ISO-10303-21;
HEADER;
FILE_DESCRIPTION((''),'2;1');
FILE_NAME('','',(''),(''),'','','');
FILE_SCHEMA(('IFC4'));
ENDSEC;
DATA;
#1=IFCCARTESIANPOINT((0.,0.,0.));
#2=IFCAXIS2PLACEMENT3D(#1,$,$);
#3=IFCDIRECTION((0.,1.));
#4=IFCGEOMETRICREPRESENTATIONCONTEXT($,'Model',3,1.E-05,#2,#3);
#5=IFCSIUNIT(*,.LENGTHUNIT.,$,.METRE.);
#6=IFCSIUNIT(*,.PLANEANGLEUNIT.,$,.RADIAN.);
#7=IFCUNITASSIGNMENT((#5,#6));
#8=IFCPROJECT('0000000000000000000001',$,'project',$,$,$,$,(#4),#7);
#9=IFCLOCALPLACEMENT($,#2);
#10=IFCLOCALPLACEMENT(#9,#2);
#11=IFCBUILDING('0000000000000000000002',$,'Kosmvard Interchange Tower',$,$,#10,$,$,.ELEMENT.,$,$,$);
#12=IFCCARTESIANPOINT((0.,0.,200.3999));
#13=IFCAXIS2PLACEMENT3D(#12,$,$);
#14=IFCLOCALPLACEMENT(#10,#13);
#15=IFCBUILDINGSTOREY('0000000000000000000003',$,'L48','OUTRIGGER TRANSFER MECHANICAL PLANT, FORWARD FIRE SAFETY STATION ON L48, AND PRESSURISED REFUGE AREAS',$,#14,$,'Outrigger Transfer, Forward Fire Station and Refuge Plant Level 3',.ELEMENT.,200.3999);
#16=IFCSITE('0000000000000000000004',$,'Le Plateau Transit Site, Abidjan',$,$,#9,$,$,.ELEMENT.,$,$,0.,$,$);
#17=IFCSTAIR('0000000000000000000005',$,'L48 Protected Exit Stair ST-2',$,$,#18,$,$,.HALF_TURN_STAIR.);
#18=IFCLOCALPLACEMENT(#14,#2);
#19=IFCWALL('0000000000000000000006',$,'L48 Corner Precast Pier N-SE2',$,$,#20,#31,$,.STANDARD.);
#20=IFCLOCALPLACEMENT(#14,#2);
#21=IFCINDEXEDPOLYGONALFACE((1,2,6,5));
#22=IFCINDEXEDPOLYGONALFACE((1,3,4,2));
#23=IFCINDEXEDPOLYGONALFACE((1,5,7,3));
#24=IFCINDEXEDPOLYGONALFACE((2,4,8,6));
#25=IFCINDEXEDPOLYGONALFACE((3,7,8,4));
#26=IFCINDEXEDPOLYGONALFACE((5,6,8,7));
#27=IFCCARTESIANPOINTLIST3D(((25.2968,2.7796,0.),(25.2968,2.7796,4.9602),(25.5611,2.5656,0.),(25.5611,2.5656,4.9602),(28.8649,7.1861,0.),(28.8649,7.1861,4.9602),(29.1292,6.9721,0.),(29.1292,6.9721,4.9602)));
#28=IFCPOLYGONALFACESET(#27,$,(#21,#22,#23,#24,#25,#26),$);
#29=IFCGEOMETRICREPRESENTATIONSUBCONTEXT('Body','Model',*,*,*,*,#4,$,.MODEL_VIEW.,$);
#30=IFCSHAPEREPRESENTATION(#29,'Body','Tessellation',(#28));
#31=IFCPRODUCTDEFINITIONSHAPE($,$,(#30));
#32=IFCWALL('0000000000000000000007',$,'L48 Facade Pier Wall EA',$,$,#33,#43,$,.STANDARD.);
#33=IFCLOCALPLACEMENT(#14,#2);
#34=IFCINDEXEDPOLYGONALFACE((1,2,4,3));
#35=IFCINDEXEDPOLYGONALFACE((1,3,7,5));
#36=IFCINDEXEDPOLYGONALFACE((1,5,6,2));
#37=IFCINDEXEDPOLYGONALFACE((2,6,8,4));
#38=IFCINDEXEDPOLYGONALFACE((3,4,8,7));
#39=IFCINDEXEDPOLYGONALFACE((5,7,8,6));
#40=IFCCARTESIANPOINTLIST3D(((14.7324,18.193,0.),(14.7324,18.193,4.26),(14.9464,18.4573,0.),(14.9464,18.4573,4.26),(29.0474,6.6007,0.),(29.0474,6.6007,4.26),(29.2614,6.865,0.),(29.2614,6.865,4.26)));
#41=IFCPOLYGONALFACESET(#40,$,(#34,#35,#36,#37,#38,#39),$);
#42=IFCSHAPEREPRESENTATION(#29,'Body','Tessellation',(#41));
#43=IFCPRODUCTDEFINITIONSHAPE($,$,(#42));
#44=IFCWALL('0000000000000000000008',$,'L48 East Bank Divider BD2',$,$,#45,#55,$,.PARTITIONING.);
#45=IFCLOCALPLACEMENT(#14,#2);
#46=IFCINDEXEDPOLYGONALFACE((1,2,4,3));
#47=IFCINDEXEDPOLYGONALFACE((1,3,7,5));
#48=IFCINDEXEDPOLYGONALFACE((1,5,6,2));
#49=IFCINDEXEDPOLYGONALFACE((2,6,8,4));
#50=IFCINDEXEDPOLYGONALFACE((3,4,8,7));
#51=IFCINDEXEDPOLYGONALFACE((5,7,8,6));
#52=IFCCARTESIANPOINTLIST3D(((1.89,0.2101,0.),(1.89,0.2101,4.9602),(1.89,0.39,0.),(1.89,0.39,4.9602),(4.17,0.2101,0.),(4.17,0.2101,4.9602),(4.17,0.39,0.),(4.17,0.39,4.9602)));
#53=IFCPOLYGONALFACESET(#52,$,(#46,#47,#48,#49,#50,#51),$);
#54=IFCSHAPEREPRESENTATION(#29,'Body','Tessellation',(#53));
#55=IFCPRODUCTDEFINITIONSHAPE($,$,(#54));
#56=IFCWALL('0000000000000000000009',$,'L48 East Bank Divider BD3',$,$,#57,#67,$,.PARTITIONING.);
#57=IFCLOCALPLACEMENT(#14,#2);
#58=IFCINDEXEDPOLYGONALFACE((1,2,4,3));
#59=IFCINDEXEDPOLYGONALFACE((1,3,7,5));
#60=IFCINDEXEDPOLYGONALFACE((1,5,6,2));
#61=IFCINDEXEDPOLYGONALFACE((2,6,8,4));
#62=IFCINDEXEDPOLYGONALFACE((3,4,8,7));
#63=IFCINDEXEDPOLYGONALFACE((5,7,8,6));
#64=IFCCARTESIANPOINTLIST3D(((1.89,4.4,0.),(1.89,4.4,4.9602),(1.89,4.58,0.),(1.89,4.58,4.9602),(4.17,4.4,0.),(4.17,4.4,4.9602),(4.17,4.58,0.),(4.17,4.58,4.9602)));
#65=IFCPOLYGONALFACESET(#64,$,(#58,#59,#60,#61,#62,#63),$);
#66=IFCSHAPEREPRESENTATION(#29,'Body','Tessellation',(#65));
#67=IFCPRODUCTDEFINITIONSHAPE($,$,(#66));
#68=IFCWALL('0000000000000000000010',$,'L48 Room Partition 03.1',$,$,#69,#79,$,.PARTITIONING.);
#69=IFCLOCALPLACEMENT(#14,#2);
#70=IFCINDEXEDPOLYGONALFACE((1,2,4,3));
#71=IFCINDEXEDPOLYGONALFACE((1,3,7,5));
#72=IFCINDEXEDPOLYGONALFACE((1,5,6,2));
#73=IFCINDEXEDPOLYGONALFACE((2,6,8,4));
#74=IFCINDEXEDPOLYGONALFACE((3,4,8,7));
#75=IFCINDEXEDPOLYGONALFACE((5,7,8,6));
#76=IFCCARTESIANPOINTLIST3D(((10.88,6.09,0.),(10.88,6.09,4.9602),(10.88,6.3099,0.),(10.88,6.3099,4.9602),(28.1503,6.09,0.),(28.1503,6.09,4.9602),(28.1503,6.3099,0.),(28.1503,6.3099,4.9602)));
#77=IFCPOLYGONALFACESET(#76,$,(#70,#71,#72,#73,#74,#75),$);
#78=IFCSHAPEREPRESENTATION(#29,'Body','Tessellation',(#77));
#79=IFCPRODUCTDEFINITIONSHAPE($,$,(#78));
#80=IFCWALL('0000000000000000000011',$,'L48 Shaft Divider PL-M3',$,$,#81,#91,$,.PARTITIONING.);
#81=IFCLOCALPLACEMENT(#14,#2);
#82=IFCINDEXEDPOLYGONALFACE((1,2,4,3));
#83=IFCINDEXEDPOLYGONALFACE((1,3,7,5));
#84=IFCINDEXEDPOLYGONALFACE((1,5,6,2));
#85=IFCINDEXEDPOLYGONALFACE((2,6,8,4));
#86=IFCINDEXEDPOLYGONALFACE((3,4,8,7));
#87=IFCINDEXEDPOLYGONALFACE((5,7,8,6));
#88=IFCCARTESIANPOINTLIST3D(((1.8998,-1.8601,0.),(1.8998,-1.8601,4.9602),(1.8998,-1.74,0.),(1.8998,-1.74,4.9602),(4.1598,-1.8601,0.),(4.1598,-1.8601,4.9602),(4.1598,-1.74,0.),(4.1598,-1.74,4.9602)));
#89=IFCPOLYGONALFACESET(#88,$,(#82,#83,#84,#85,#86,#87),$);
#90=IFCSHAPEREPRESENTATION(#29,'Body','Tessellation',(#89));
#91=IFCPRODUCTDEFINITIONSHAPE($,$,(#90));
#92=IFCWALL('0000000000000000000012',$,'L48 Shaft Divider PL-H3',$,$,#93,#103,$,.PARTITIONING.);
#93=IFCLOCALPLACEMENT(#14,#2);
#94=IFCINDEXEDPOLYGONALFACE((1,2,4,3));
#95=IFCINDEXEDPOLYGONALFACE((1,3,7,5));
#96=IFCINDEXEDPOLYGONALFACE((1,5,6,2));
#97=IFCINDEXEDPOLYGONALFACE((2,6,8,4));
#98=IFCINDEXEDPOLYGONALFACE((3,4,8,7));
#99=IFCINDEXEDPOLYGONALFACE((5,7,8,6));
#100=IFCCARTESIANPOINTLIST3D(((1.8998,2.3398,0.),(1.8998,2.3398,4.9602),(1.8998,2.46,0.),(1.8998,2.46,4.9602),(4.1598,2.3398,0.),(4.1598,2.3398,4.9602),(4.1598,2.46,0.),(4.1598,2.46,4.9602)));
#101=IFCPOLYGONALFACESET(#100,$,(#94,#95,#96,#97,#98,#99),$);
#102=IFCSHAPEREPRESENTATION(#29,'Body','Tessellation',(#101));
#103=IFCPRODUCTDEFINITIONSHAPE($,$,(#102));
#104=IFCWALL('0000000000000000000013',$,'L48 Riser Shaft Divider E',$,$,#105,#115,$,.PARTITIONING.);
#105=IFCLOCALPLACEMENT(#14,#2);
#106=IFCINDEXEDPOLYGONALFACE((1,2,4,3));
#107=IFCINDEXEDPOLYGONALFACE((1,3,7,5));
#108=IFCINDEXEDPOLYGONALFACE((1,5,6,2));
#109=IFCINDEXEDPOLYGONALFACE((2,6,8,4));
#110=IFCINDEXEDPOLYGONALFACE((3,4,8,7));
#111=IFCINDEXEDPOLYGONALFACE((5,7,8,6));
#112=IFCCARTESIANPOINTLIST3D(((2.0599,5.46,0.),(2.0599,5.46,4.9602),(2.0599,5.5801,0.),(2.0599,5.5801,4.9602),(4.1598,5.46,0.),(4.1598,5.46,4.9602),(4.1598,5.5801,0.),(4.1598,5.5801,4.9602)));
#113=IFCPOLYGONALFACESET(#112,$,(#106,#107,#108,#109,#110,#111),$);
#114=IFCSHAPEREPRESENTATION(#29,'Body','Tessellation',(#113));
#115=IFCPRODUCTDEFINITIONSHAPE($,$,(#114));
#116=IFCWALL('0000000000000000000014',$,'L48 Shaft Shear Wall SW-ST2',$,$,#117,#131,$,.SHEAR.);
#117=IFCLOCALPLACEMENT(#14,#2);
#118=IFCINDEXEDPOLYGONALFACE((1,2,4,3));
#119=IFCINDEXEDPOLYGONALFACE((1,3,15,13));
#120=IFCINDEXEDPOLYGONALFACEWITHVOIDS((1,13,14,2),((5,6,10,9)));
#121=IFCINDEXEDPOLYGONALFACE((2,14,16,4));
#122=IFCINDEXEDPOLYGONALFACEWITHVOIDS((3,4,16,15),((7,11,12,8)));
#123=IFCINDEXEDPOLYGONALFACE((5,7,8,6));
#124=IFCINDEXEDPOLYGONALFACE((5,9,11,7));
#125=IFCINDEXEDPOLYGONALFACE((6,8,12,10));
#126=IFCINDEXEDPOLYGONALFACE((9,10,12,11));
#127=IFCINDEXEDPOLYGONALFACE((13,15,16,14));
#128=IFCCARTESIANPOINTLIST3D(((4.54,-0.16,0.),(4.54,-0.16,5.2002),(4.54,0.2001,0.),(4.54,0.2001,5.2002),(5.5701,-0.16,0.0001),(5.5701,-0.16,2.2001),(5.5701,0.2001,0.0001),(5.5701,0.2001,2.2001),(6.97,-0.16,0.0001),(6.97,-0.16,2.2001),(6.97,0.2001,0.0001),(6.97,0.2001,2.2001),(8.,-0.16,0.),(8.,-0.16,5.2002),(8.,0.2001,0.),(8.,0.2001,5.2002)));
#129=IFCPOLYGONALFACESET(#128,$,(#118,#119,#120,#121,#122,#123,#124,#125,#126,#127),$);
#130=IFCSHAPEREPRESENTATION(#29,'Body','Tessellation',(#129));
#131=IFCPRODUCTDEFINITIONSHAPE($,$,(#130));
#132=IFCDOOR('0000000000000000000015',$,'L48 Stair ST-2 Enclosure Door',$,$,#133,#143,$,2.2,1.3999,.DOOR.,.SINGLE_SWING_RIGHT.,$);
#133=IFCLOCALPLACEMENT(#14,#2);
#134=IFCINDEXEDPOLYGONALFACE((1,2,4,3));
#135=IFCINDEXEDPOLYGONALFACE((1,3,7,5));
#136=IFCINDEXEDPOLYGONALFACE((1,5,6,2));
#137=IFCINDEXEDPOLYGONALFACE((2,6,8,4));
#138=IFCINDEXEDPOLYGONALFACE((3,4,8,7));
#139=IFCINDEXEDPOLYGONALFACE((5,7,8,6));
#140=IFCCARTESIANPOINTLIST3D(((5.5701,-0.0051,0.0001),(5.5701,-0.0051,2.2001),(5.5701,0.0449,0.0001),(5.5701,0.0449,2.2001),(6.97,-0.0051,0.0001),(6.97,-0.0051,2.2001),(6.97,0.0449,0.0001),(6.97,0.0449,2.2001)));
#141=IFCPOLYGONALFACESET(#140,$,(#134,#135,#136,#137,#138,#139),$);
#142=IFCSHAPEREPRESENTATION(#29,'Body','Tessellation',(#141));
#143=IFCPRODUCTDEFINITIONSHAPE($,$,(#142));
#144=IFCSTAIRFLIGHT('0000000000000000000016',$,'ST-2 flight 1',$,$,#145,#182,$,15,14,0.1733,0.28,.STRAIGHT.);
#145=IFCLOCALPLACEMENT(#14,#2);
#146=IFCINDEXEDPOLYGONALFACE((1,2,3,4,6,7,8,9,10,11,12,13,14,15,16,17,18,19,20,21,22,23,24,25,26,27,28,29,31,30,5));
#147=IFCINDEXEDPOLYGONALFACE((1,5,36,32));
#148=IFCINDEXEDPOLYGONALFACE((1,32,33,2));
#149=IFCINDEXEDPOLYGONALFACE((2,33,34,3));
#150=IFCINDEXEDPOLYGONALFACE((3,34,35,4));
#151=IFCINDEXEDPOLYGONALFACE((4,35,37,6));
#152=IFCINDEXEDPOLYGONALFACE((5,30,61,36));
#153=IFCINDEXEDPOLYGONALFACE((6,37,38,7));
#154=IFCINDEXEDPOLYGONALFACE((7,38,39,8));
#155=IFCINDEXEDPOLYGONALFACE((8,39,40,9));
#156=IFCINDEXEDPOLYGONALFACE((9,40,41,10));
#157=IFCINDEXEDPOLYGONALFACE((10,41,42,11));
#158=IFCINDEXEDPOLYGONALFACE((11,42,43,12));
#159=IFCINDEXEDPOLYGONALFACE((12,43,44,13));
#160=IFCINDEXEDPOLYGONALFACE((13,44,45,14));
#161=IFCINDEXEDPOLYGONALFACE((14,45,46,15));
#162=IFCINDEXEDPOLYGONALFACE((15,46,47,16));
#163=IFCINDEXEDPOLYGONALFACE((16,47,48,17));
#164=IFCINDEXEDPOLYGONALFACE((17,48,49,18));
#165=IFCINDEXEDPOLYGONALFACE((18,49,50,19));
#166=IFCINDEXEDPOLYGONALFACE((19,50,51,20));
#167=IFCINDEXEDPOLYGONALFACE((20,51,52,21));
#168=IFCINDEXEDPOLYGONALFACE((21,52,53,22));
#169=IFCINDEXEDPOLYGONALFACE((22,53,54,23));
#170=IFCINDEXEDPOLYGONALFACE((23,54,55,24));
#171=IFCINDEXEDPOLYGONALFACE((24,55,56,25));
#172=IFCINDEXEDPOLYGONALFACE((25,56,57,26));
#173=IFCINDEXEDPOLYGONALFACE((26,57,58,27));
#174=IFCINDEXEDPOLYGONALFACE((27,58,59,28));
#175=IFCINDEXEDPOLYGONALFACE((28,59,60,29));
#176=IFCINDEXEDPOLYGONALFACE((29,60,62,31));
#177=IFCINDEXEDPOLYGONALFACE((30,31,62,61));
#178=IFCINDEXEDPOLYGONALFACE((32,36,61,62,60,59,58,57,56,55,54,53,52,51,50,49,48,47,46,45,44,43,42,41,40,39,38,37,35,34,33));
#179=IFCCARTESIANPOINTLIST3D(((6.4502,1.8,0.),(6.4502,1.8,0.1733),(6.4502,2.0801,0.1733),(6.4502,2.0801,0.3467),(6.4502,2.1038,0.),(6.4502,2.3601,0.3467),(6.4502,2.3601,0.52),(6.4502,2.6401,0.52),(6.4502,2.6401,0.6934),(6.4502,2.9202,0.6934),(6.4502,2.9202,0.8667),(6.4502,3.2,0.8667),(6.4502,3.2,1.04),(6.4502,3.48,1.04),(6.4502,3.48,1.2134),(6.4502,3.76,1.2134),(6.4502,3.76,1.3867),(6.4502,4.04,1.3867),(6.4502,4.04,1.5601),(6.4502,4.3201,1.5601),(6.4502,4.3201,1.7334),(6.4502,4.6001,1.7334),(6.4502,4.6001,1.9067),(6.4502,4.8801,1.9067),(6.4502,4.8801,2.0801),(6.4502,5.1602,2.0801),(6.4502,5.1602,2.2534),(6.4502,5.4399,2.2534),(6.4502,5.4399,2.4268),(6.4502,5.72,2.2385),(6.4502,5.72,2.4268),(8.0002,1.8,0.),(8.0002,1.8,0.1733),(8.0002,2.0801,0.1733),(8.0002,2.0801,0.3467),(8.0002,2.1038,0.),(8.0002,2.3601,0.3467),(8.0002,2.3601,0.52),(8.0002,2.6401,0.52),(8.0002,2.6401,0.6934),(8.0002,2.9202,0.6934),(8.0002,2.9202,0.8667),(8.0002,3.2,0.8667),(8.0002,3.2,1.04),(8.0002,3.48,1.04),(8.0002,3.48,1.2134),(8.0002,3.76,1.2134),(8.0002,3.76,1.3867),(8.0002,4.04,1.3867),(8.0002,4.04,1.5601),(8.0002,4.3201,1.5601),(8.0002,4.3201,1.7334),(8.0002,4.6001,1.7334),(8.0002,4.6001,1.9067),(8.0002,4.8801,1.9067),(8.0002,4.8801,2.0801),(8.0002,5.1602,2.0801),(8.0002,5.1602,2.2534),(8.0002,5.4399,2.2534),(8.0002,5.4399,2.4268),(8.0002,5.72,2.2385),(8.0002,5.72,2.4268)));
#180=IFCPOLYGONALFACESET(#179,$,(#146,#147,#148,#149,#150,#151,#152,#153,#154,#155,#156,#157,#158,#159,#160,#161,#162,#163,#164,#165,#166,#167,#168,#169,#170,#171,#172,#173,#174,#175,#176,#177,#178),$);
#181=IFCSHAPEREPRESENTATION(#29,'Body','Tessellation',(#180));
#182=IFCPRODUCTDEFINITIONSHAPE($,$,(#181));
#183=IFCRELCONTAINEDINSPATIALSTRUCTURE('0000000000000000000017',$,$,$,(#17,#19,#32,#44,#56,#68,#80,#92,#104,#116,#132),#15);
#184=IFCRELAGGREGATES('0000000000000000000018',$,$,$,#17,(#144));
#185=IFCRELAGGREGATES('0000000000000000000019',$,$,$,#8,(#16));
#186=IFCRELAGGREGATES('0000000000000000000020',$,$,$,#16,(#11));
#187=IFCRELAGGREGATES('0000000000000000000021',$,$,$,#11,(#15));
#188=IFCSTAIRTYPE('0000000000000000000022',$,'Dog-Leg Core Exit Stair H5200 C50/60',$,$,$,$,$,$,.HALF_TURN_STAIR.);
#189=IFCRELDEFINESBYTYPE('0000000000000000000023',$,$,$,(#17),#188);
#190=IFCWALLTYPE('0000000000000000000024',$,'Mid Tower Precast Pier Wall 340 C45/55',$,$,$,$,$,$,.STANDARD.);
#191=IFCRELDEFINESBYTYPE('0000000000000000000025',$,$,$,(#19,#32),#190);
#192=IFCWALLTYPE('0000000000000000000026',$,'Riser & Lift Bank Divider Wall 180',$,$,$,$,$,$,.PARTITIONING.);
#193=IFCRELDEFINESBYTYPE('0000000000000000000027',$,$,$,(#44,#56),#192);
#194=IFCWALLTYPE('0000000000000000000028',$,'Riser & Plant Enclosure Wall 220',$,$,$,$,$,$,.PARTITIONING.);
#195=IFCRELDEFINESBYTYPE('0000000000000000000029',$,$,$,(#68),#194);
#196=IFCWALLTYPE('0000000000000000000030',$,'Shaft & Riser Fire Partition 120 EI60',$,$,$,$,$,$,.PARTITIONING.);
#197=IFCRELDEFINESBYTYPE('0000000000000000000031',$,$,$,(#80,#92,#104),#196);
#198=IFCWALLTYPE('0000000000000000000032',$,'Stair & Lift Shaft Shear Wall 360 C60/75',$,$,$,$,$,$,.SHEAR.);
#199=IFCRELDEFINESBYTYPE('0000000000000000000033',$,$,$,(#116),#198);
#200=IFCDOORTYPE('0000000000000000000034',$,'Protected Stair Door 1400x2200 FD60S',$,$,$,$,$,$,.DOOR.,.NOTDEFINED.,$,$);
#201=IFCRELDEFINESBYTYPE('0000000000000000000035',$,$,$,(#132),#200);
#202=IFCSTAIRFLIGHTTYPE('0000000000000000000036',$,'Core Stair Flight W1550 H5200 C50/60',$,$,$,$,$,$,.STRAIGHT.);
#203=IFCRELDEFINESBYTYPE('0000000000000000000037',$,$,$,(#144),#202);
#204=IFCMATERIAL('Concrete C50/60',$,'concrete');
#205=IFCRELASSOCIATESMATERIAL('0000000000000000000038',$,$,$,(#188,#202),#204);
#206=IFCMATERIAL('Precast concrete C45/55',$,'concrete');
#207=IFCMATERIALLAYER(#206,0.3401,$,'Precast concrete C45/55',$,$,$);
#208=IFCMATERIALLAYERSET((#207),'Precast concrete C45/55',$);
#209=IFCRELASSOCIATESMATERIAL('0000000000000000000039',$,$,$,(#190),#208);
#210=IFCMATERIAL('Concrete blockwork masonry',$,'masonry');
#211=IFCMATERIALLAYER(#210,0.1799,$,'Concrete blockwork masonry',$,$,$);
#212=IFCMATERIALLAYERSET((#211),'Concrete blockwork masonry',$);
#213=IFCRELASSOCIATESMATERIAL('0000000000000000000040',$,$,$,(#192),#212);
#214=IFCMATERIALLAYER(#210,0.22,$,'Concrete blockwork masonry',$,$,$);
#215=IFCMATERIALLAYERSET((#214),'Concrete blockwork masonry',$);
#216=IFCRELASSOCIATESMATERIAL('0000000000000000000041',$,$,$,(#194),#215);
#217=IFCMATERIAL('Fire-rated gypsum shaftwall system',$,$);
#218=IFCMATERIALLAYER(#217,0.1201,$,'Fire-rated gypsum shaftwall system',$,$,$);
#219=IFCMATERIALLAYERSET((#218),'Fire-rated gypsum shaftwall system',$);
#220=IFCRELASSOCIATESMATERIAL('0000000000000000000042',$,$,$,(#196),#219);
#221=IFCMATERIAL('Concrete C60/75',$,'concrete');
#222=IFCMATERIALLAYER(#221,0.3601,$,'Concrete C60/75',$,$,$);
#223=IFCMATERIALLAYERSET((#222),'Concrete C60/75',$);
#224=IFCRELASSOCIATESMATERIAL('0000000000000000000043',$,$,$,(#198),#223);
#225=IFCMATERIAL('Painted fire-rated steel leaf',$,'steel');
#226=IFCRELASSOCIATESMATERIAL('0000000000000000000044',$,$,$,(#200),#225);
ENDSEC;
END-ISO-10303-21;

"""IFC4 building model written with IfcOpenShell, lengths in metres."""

from ifc_helpers import new_model, si_unit, direction, frame, frame_2d, origin, place, context, subcontext, project, spatial, polyline, rectangle, outline, extrude, source, transform, mapped, material, layer, layer_set, type_object, element, fill, aggregate, save


model = new_model("IFC4")

# Units and contexts
model_context = context("Model", 3, precision=1e-05, world=origin(), true_north=direction((0.0, 1.0)))
body_context = subcontext(model_context, "Body", "Model", "MODEL_VIEW")
ifc_project = project(units=[si_unit("LENGTHUNIT", "METRE"), si_unit("PLANEANGLEUNIT", "RADIAN")], contexts=[model_context])

# Site, building, storey
site_placement = place(None, origin())
site = spatial("IfcSite", under=ifc_project, at=site_placement, Name="Le Plateau Transit Site, Abidjan", CompositionType="ELEMENT", RefElevation=0.0)
building_placement = place(site_placement, origin())
building = spatial("IfcBuilding", under=site, at=building_placement, Name="Kosmvard Interchange Tower", CompositionType="ELEMENT")
storey_placement = place(building_placement, frame((0.0, 0.0, 200.3999)))
storey = spatial("IfcBuildingStorey", under=building, at=storey_placement, Name="L48", Description="OUTRIGGER TRANSFER MECHANICAL PLANT, FORWARD FIRE SAFETY STATION ON L48, AND PRESSURISED REFUGE AREAS", LongName="Outrigger Transfer, Forward Fire Station and Refuge Plant Level 3", CompositionType="ELEMENT", Elevation=200.3999)

# Shared definitions
ifc_material_1 = material(Name="Concrete C60/75", Category="concrete")
ifc_material_2 = material(Name="Concrete C50/60", Category="concrete")

# Shared definitions
ifc_material_3 = material(Name="Precast concrete C45/55", Category="concrete")

# Stair
stair_type = type_object("IfcStairType", Name="Dog-Leg Core Exit Stair H5200 C50/60", PredefinedType="HALF_TURN_STAIR", material=ifc_material_2)
stair_1_placement = place(storey_placement, origin())
stair_1 = element("IfcStair", 1, at=stair_1_placement, inside=storey, type_object=stair_type, Name="L48 Protected Exit Stair ST-2", PredefinedType="HALF_TURN_STAIR")

# Walls
ifc_layer_1 = layer(ifc_material_3, 0.3401, Name="Precast concrete C45/55")
ifc_layer_set_1 = layer_set([ifc_layer_1], Name="Precast concrete C45/55")
wall_type_1 = type_object("IfcWallType", Name="Mid Tower Precast Pier Wall 340 C45/55", PredefinedType="STANDARD", material=ifc_layer_set_1)
wall_1_placement = place(storey_placement, frame((25.429, 2.6726, 0.0), z_axis=(0.0, 0.0, 1.0), x_axis=(0.6293, 0.777163, 0.0)))
element("IfcWall", 2, at=wall_1_placement, inside=storey, type_object=wall_type_1, Name="L48 Corner Precast Pier N-SE2", PredefinedType="STANDARD", context=body_context, shape_type="SweptSolid", body=[
    extrude(rectangle(XDim=5.6699, YDim=0.3401, at=frame_2d((2.835, 0.0))), origin(), (0.0, 0.0, 1.0), 4.9602),
])
wall_2_placement = place(storey_placement, frame((29.1543, 6.7329, 0.0), z_axis=(0.0, 0.0, 1.0), x_axis=(-0.777139, 0.629329, 0.0)))
element("IfcWall", 3, at=wall_2_placement, inside=storey, type_object=wall_type_1, Name="L48 Facade Pier Wall EA", PredefinedType="STANDARD", context=body_context, shape_type="SweptSolid", body=[
    extrude(rectangle(XDim=18.4202, YDim=0.3401, at=frame_2d((9.21, 0.0))), origin(), (0.0, 0.0, 1.0), 4.26),
])
ifc_material_4 = material(Name="Concrete blockwork masonry", Category="masonry")
ifc_layer_2 = layer(ifc_material_4, 0.1799, Name="Concrete blockwork masonry")
ifc_layer_set_2 = layer_set([ifc_layer_2], Name="Concrete blockwork masonry")
wall_type_2 = type_object("IfcWallType", Name="Riser & Lift Bank Divider Wall 180", PredefinedType="PARTITIONING", material=ifc_layer_set_2)
for number, where, z_axis, x_axis, name in (
    (4, (1.8899, 0.3, 0.0), (0.0, 0.0, 1.0), (1.0, 0.0, 0.0), "L48 East Bank Divider BD2"),
    (5, (1.8899, 4.49, 0.0), (0.0, 0.0, 1.0), (1.0, 0.0, 0.0), "L48 East Bank Divider BD3"),
):
    element("IfcWall", number, at=place(storey_placement, frame(where, z_axis=z_axis, x_axis=x_axis)), inside=storey, type_object=wall_type_2, Name=name, PredefinedType="PARTITIONING", context=body_context, shape_type="SweptSolid", body=[
        extrude(rectangle(XDim=2.28, YDim=0.1799, at=frame_2d((1.1401, 0.0))), origin(), (0.0, 0.0, 1.0), 4.9602),
    ])
ifc_layer_3 = layer(ifc_material_4, 0.22, Name="Concrete blockwork masonry")
ifc_layer_set_3 = layer_set([ifc_layer_3], Name="Concrete blockwork masonry")
wall_type_3 = type_object("IfcWallType", Name="Riser & Plant Enclosure Wall 220", PredefinedType="PARTITIONING", material=ifc_layer_set_3)
wall_3_placement = place(storey_placement, frame((10.8799, 6.2, 0.0), z_axis=(0.0, 0.0, 1.0), x_axis=(1.0, 0.0, 0.0)))
element("IfcWall", 6, at=wall_3_placement, inside=storey, type_object=wall_type_3, Name="L48 Room Partition 03.1", PredefinedType="PARTITIONING", context=body_context, shape_type="SweptSolid", body=[
    extrude(rectangle(XDim=17.2703, YDim=0.22, at=frame_2d((8.6353, 0.0))), origin(), (0.0, 0.0, 1.0), 4.9602),
])
ifc_material_5 = material(Name="Fire-rated gypsum shaftwall system")
ifc_layer_4 = layer(ifc_material_5, 0.1201, Name="Fire-rated gypsum shaftwall system")
ifc_layer_set_4 = layer_set([ifc_layer_4], Name="Fire-rated gypsum shaftwall system")
wall_type_4 = type_object("IfcWallType", Name="Shaft & Riser Fire Partition 120 EI60", PredefinedType="PARTITIONING", material=ifc_layer_set_4)
for number, where, z_axis, x_axis, name in (
    (7, (1.8999, -1.8, 0.0), (0.0, 0.0, 1.0), (1.0, 0.0, 0.0), "L48 Shaft Divider PL-M3"),
    (8, (1.8999, 2.3999, 0.0), (0.0, 0.0, 1.0), (1.0, 0.0, 0.0), "L48 Shaft Divider PL-H3"),
):
    element("IfcWall", number, at=place(storey_placement, frame(where, z_axis=z_axis, x_axis=x_axis)), inside=storey, type_object=wall_type_4, Name=name, PredefinedType="PARTITIONING", context=body_context, shape_type="SweptSolid", body=[
        extrude(rectangle(XDim=2.26, YDim=0.1201, at=frame_2d((1.1299, 0.0))), origin(), (0.0, 0.0, 1.0), 4.9602),
    ])
wall_4_placement = place(storey_placement, frame((2.0601, 5.52, 0.0), z_axis=(0.0, 0.0, 1.0), x_axis=(1.0, 0.0, 0.0)))
element("IfcWall", 9, at=wall_4_placement, inside=storey, type_object=wall_type_4, Name="L48 Riser Shaft Divider E", PredefinedType="PARTITIONING", context=body_context, shape_type="SweptSolid", body=[
    extrude(rectangle(XDim=2.0999, YDim=0.1201, at=frame_2d((1.0498, 0.0))), origin(), (0.0, 0.0, 1.0), 4.9602),
])

# Wall, opening, door
ifc_layer_5 = layer(ifc_material_1, 0.3601, Name="Concrete C60/75")
ifc_layer_set_5 = layer_set([ifc_layer_5], Name="Concrete C60/75")
wall_type_5 = type_object("IfcWallType", Name="Stair & Lift Shaft Shear Wall 360 C60/75", PredefinedType="SHEAR", material=ifc_layer_set_5)
wall_5_placement = place(storey_placement, frame((4.54, 0.02, 0.0), z_axis=(0.0, 0.0, 1.0), x_axis=(1.0, 0.0, 0.0)))
wall_5 = element("IfcWall", 10, at=wall_5_placement, inside=storey, type_object=wall_type_5, Name="L48 Shaft Shear Wall SW-ST2", PredefinedType="SHEAR", context=body_context, shape_type="SweptSolid", body=[
    extrude(rectangle(XDim=3.46, YDim=0.3601, at=frame_2d((1.73, 0.0))), origin(), (0.0, 0.0, 1.0), 5.2002),
])
opening_placement = place(wall_5_placement, frame((1.03, 0.0, 0.0)))
opening = element("IfcOpeningElement", 11, at=opening_placement, cuts=wall_5, PredefinedType="OPENING", context=body_context, shape_type="SweptSolid", body=[
    extrude(rectangle(XDim=1.3999, YDim=2.2, at=frame_2d((0.7, 1.1001))), frame((0.0, 0.1899, 0.0), z_axis=(0.0, -1.0, 0.0), x_axis=(1.0, 0.0, 0.0)), (0.0, 0.0, 1.0), 0.3801),
])
ifc_material_6 = material(Name="Painted fire-rated steel leaf", Category="steel")
door_type = type_object("IfcDoorType", Name="Protected Stair Door 1400x2200 FD60S", OperationType="NOTDEFINED", PredefinedType="DOOR", material=ifc_material_6)
shared_shape_1 = source(origin(), body_context, "Body", "SweptSolid", [
    extrude(rectangle(XDim=1.3999, YDim=2.2, at=frame_2d((0.7, 1.1001))), frame((0.0, 0.0249, 0.0), z_axis=(0.0, -1.0, 0.0), x_axis=(1.0, 0.0, 0.0)), (0.0, 0.0, 1.0), 0.05),
])
door_placement = place(opening_placement, origin())
door = element("IfcDoor", 12, at=door_placement, inside=storey, type_object=door_type, Name="L48 Stair ST-2 Enclosure Door", OperationType="SINGLE_SWING_RIGHT", OverallHeight=2.2, OverallWidth=1.3999, PredefinedType="DOOR", context=body_context, shape_type="MappedRepresentation", body=[
    mapped(shared_shape_1, transform((0.0, 0.0, 0.0), scale=1.0)),
])
fill(opening, door)

# Stair flight
stair_flight_type = type_object("IfcStairFlightType", Name="Core Stair Flight W1550 H5200 C50/60", PredefinedType="STRAIGHT", material=ifc_material_2)
shared_shape_2 = source(origin(), body_context, "Body", "SweptSolid", [
    extrude(outline(polyline([(0.0, 0.0), (0.0, 0.1733), (0.28, 0.1733), (0.28, 0.3467), (0.5601, 0.3467), (0.5601, 0.52), (0.8401, 0.52), (0.8401, 0.6934), (1.1201, 0.6934), (1.1201, 0.8667), (1.3999, 0.8667), (1.3999, 1.04), (1.6799, 1.04), (1.6799, 1.2134), (1.96, 1.2134), (1.96, 1.3867), (2.24, 1.3867), (2.24, 1.5601), (2.52, 1.5601), (2.52, 1.7334), (2.8, 1.7334), (2.8, 1.9067), (3.0801, 1.9067), (3.0801, 2.0801), (3.3601, 2.0801), (3.3601, 2.2534), (3.6399, 2.2534), (3.6399, 2.4268), (3.9199, 2.4268), (3.9199, 2.6001), (3.9199, 2.2385), (0.3037, 0.0), (0.0, 0.0)])), frame((0.0, 0.7749, 0.0), z_axis=(0.0, -1.0, 0.0), x_axis=(1.0, 0.0, 0.0)), (0.0, 0.0, 1.0), 1.55),
])
stair_flight_1_placement = place(storey_placement, frame((7.2251, 1.8, 0.0), z_axis=(0.0, 0.0, 1.0), x_axis=(0.0, 1.0, 0.0)))
stair_flight_1 = element("IfcStairFlight", 13, at=stair_flight_1_placement, type_object=stair_flight_type, Name="ST-2 flight 1", NumberOfRisers=15, NumberOfTreads=14, PredefinedType="STRAIGHT", RiserHeight=0.1733, TreadLength=0.28, context=body_context, shape_type="MappedRepresentation", body=[
    mapped(shared_shape_2, transform((0.0, 0.0, 0.0), scale=1.0)),
])
aggregate(stair_1, [stair_flight_1])

save(model, "model.ifc")
